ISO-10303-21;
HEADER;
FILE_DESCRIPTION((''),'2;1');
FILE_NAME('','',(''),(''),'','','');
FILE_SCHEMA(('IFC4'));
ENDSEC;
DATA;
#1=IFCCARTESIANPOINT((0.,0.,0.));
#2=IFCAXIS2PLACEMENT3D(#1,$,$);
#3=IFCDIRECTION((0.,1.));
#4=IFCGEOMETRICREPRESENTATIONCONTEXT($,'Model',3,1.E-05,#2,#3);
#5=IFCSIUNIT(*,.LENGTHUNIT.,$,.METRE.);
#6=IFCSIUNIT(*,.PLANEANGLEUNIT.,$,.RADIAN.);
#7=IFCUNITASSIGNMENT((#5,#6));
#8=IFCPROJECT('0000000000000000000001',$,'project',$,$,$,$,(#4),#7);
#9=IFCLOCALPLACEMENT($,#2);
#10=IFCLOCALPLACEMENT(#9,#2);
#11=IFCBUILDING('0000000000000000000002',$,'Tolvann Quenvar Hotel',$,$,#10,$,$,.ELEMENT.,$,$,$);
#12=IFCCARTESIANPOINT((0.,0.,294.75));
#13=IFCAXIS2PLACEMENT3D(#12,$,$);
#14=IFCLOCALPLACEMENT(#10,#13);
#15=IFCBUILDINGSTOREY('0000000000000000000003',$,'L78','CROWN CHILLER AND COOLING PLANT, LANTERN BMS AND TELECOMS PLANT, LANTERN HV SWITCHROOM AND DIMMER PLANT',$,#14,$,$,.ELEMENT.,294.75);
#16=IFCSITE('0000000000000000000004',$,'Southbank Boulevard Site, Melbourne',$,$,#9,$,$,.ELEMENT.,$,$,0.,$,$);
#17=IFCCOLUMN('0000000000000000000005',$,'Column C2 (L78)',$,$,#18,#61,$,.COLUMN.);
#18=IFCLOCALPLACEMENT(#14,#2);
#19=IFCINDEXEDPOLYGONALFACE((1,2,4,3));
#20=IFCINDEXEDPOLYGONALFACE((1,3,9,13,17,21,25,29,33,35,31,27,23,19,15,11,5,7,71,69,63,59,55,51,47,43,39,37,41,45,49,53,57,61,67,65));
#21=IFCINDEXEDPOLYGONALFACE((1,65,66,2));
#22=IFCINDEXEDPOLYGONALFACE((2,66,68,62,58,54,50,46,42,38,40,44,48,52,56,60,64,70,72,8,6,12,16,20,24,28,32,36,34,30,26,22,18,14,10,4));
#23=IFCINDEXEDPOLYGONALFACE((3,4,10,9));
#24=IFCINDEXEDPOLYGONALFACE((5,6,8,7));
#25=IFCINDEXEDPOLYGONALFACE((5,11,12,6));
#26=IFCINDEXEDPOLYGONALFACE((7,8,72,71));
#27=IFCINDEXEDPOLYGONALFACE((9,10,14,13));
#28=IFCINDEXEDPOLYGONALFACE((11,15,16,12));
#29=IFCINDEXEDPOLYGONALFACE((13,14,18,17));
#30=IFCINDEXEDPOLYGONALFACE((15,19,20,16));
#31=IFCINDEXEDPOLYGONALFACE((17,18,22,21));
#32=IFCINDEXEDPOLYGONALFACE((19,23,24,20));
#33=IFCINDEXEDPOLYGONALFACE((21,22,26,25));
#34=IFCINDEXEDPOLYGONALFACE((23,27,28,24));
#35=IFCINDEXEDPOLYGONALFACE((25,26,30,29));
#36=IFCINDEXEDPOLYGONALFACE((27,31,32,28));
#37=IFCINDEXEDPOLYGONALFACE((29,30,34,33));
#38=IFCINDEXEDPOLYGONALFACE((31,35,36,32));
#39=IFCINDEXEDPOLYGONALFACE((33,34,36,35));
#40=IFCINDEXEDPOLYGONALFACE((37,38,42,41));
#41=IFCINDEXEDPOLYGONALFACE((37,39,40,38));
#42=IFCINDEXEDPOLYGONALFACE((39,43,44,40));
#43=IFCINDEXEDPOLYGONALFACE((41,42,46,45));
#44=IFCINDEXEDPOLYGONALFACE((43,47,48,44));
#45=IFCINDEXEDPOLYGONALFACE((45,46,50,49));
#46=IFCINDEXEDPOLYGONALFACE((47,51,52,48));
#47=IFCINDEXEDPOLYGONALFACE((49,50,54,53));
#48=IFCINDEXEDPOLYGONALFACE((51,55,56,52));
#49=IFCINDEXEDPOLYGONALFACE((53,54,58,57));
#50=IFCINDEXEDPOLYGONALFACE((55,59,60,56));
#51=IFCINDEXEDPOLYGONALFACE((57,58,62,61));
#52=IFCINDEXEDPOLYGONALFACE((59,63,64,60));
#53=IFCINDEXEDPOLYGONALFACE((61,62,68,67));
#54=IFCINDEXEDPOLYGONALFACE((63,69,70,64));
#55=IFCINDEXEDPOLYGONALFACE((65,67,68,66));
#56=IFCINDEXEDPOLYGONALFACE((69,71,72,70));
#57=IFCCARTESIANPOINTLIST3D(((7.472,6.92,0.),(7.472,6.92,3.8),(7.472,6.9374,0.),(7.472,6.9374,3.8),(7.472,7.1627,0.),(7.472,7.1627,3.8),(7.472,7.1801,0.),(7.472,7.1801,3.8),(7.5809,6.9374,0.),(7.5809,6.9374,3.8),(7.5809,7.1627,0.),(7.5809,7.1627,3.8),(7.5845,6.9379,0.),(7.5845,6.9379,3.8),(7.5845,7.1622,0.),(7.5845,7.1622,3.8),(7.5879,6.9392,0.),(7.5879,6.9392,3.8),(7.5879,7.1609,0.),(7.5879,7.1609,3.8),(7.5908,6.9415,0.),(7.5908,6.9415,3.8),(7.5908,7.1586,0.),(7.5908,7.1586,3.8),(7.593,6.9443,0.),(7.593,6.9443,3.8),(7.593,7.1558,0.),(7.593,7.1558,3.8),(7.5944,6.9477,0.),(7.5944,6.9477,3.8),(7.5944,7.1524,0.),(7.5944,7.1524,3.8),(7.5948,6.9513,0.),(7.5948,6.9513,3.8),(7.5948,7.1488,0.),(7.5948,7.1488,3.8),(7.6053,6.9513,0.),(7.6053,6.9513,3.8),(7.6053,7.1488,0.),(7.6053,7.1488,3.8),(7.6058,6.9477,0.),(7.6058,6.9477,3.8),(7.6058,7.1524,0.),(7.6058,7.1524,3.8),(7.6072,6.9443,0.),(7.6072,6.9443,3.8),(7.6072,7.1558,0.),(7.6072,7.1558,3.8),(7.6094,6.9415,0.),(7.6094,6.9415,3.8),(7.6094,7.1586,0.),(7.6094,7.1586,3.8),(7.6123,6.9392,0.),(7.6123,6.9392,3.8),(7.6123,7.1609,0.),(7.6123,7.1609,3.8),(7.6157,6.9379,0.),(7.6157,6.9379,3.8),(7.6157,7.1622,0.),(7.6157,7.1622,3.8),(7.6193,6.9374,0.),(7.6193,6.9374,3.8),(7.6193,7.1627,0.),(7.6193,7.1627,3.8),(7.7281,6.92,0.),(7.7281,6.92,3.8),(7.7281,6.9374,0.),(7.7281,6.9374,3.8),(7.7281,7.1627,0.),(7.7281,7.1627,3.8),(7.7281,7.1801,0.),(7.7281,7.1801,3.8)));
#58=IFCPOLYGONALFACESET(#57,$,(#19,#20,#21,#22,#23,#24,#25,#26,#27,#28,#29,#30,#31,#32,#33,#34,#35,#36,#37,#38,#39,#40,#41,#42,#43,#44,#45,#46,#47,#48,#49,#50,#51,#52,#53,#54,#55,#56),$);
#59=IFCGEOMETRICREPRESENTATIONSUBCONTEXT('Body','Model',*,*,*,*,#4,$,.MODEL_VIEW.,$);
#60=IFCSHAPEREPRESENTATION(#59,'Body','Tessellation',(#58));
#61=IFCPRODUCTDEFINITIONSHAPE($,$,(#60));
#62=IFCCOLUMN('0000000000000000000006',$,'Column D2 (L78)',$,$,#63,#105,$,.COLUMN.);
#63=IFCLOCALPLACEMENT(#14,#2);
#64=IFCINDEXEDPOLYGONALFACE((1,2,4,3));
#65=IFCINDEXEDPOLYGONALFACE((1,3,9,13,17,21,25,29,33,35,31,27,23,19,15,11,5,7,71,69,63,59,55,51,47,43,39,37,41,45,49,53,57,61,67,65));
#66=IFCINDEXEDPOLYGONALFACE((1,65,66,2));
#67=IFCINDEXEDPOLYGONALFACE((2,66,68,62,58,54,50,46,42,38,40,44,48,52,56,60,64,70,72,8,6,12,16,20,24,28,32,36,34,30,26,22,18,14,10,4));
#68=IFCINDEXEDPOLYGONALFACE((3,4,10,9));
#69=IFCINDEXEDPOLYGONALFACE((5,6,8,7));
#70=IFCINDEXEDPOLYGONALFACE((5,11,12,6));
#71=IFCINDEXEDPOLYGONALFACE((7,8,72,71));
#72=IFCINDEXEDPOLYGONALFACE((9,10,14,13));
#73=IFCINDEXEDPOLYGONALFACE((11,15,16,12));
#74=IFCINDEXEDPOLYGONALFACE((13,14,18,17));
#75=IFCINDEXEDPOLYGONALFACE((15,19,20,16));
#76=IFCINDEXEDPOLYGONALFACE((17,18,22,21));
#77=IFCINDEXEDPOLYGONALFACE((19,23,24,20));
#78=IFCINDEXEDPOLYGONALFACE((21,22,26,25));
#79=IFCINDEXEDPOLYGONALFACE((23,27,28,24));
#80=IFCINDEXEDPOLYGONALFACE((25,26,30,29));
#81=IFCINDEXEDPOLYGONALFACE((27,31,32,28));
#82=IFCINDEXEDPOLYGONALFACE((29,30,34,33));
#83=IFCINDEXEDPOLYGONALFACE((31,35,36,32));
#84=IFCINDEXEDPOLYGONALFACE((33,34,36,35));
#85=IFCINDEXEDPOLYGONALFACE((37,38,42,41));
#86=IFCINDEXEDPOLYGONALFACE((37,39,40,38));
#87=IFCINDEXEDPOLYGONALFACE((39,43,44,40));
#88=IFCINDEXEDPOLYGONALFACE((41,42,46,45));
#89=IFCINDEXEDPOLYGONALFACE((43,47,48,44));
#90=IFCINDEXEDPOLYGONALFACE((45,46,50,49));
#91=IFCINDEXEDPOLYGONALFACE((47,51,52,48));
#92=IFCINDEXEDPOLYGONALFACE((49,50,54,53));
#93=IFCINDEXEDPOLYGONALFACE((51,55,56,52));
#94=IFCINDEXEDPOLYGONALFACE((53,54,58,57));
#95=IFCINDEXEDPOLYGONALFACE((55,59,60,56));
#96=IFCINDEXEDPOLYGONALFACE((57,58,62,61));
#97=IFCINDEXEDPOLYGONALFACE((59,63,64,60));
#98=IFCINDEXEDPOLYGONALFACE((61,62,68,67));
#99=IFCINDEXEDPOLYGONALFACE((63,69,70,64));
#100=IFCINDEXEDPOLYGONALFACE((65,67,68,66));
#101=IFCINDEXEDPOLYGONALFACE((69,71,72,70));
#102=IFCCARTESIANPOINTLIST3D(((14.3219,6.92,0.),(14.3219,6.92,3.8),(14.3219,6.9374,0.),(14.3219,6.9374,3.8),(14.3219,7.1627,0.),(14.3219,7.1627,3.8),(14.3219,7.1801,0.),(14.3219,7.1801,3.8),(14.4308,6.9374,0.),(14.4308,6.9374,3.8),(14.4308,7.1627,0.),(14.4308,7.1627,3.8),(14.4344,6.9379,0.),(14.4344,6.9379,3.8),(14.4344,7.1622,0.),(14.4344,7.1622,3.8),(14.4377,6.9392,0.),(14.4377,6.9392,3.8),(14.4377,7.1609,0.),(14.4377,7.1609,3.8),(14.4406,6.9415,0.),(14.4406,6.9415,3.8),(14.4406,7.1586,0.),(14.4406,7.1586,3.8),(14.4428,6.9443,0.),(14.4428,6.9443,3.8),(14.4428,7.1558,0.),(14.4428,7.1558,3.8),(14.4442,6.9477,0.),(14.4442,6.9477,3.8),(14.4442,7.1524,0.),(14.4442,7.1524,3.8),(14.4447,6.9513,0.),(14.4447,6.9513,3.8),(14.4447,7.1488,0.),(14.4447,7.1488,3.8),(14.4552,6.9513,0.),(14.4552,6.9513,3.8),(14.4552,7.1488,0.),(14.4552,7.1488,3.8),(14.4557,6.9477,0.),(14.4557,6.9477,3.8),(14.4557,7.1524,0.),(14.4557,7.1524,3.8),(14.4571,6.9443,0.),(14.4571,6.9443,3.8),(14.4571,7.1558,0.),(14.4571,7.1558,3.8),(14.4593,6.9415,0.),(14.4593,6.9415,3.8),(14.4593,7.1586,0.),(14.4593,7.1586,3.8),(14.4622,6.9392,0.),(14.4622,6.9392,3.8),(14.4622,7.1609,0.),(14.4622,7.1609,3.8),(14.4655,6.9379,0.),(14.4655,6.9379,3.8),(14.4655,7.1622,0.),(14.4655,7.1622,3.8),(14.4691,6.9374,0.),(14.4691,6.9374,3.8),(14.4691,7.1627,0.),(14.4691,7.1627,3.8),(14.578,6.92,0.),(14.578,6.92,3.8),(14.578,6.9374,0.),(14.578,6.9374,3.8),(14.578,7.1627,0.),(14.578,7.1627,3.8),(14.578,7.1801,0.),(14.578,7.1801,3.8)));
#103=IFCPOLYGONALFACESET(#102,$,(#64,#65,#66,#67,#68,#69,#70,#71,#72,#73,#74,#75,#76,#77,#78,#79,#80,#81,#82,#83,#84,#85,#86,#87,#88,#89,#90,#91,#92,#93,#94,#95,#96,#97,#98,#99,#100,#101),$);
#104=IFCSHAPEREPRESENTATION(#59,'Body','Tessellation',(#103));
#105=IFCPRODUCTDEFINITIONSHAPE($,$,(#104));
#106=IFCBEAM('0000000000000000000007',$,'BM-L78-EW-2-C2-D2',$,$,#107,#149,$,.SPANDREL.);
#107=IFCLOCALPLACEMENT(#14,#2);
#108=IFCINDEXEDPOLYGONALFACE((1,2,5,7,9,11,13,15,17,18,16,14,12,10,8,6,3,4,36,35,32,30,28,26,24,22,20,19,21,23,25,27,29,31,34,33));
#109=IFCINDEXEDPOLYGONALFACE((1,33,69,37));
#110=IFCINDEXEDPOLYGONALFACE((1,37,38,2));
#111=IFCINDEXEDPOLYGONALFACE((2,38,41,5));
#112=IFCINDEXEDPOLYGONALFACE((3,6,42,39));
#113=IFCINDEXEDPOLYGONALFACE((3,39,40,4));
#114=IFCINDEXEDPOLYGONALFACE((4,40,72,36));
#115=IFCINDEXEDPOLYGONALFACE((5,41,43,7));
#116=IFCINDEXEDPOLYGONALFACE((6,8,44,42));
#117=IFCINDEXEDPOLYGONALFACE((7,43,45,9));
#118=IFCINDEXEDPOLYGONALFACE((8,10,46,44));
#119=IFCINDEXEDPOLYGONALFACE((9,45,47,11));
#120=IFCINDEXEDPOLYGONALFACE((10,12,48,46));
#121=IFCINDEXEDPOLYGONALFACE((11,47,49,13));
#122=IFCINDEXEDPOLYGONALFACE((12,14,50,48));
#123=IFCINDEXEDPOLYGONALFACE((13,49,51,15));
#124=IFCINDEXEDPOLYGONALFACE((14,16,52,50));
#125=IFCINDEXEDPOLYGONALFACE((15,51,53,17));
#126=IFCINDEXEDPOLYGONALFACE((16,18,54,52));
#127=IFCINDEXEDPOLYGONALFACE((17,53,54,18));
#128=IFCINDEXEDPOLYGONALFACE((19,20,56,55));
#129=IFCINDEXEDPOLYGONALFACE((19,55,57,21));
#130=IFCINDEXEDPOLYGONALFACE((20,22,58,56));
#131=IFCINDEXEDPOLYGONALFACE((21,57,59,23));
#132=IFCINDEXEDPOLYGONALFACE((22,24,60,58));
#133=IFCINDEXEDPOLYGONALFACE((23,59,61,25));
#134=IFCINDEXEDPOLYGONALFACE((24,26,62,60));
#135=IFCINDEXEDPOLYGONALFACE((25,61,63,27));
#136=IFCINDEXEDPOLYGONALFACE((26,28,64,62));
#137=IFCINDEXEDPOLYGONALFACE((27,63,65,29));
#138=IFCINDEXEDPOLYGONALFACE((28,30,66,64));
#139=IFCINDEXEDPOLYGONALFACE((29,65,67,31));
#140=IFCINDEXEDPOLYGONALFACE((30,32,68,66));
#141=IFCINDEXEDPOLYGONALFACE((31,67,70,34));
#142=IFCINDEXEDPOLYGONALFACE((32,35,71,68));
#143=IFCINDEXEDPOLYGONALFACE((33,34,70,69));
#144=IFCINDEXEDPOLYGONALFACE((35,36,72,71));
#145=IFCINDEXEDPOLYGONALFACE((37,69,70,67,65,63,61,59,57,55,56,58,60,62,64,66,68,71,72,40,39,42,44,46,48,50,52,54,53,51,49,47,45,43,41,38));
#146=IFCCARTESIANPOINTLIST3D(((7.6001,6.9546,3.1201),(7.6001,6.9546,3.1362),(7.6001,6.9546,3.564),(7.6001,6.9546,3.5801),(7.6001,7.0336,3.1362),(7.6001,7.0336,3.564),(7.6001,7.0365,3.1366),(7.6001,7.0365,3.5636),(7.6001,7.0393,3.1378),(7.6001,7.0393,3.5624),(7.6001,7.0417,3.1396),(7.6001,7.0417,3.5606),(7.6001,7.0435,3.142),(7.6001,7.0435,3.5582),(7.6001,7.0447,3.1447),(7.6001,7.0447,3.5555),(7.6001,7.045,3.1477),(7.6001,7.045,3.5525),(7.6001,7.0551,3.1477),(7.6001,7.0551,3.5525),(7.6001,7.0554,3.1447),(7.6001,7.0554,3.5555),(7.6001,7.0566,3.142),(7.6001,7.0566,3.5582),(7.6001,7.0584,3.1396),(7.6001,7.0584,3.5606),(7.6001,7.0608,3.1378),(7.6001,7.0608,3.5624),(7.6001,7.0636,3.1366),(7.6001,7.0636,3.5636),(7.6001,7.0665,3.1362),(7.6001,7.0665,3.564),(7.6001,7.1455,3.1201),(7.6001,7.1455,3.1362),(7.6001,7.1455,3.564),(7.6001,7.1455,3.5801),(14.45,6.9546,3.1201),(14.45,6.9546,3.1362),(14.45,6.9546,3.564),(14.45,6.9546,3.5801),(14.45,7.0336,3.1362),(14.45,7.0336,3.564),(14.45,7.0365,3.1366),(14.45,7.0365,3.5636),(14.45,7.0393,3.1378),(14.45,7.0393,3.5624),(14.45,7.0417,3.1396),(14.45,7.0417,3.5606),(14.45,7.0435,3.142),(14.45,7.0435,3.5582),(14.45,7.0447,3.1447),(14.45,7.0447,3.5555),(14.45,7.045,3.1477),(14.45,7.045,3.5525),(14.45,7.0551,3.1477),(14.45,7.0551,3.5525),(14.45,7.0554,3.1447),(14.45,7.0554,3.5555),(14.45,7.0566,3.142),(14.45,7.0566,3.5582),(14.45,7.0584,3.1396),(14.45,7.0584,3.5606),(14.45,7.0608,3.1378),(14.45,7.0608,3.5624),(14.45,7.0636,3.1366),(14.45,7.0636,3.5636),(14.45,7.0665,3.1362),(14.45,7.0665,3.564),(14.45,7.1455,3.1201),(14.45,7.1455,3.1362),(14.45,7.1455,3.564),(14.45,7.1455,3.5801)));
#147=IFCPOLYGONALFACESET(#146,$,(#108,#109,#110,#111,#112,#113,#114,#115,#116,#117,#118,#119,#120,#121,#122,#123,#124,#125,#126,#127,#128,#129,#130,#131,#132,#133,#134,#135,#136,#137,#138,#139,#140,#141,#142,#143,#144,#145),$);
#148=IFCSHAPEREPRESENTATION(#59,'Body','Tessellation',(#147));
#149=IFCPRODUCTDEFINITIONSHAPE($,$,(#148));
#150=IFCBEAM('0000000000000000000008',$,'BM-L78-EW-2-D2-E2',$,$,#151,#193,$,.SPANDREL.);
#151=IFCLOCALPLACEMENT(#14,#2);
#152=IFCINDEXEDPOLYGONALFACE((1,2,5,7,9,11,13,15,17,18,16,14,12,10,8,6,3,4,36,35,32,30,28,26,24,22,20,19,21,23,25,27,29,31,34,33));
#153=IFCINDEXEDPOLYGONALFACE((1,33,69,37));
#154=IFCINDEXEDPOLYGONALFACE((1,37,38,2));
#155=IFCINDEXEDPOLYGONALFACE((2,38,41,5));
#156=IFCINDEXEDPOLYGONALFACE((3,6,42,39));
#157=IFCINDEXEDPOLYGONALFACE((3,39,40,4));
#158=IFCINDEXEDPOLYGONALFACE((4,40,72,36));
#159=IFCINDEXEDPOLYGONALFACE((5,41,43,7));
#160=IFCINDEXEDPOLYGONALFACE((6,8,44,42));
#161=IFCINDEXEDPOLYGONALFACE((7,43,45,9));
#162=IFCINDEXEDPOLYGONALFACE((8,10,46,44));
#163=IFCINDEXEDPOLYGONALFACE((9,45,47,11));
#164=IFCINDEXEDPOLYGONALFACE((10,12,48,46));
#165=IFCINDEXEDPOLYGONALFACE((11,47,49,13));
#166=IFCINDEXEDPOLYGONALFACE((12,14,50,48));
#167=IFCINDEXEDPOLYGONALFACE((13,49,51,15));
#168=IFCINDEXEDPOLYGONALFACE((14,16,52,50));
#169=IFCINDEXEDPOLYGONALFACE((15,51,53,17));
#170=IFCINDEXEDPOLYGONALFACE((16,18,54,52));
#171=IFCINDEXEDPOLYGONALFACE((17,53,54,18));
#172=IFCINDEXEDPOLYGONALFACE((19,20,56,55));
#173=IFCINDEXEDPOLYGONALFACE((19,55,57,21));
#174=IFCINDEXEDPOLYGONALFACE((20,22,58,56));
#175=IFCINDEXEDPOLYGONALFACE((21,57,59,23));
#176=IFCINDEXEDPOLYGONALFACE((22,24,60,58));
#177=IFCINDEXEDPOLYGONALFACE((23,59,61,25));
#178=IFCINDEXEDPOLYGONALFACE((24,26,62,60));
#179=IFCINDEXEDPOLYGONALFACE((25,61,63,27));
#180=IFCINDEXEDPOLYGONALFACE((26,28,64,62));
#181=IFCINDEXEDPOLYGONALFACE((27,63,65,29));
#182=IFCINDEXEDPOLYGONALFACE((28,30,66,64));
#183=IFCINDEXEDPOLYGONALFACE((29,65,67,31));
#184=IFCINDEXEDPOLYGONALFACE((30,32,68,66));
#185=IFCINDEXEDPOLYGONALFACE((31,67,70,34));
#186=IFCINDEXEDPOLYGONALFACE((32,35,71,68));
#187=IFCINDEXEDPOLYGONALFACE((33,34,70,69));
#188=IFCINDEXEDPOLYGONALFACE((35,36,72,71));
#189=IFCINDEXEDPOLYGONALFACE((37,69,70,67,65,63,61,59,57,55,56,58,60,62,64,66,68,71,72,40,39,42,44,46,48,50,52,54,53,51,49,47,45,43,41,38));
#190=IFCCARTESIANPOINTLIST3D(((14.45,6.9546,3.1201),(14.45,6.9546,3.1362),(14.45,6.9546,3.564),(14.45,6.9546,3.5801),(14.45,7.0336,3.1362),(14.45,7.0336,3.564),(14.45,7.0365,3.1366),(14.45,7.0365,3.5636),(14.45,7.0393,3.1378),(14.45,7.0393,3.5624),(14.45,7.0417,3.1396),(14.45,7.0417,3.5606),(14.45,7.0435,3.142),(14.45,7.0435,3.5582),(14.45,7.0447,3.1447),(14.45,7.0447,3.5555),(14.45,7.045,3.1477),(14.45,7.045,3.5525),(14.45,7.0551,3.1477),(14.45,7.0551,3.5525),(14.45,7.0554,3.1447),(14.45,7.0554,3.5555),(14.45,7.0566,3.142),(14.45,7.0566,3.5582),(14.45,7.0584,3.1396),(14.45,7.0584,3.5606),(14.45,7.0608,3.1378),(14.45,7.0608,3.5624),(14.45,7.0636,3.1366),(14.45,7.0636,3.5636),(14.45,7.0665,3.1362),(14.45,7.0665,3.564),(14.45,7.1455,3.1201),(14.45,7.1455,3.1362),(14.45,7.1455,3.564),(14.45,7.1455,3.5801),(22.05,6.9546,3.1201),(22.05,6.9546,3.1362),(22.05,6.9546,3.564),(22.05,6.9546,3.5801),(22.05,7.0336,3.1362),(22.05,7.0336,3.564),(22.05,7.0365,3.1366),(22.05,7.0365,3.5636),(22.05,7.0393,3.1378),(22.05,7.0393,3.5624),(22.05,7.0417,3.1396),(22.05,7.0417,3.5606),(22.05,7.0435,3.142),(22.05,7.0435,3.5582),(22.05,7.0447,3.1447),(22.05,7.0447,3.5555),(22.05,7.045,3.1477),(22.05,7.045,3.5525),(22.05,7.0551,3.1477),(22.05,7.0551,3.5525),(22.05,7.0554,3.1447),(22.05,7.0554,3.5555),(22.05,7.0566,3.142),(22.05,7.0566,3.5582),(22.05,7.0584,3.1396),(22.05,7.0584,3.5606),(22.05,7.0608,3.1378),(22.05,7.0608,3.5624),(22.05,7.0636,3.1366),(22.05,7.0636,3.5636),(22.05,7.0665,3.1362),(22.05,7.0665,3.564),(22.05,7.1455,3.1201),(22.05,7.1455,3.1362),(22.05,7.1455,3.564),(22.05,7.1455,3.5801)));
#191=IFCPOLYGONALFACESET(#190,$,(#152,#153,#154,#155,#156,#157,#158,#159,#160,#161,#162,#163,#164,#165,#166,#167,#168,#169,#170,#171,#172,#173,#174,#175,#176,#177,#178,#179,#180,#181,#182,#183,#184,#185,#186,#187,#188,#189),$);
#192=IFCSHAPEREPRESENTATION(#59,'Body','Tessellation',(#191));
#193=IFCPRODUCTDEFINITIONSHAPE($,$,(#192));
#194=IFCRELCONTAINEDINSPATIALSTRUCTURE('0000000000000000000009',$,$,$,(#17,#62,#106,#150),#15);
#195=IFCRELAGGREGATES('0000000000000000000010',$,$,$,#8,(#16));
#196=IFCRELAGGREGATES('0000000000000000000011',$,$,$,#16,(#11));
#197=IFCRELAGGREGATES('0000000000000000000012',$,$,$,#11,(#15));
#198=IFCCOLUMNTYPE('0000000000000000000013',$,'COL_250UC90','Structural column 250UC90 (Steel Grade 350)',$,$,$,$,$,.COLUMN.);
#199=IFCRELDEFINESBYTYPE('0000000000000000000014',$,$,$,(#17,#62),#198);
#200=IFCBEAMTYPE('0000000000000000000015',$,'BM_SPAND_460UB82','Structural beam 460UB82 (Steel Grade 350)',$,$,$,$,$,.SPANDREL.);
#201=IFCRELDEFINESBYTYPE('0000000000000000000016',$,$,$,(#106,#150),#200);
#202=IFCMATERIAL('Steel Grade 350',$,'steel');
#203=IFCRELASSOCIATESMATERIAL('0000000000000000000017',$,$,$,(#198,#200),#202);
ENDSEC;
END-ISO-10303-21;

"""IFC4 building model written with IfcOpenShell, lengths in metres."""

from ifc_helpers import new_model, si_unit, direction, frame, origin, origin_2d, place, context, subcontext, project, spatial, i_section, extrude, source, transform, mapped, material, material_profile, profile_set, type_object, type_shapes, element, save


model = new_model("IFC4")

# Units and contexts
model_context = context("Model", 3, precision=1e-05, world=origin(), true_north=direction((0.0, 1.0)))
body_context = subcontext(model_context, "Body", "Model", "MODEL_VIEW")
ifc_project = project(units=[si_unit("LENGTHUNIT", "METRE"), si_unit("PLANEANGLEUNIT", "RADIAN")], contexts=[model_context])

# Site, building, storey
site_placement = place(None, origin())
site = spatial("IfcSite", under=ifc_project, at=site_placement, Name="Southbank Boulevard Site, Melbourne", CompositionType="ELEMENT", RefElevation=0.0)
building_placement = place(site_placement, origin())
building = spatial("IfcBuilding", under=site, at=building_placement, Name="Tolvann Quenvar Hotel", CompositionType="ELEMENT")
storey_placement = place(building_placement, frame((0.0, 0.0, 294.75)))
storey = spatial("IfcBuildingStorey", under=building, at=storey_placement, Name="L78", Description="CROWN CHILLER AND COOLING PLANT, LANTERN BMS AND TELECOMS PLANT, LANTERN HV SWITCHROOM AND DIMMER PLANT", CompositionType="ELEMENT", Elevation=294.75)

# Columns
ifc_material_1 = material(Name="Steel Grade 350", Category="steel")
ifc_material_profile_1 = material_profile(ifc_material_1, i_section(OverallWidth=0.2561, OverallDepth=0.26, WebThickness=0.0105, FlangeThickness=0.0173, FilletRadius=0.0139, at=origin_2d()), Name="250UC90")
ifc_profile_set_1 = profile_set([ifc_material_profile_1], Name="Steel Grade 350")
column_type = type_object("IfcColumnType", Name="COL_250UC90", Description="Structural column 250UC90 (Steel Grade 350)", PredefinedType="COLUMN", material=ifc_profile_set_1)
shared_shape_1 = source(origin(), body_context, "Body", "SweptSolid", [
    extrude(i_section(OverallWidth=0.2561, OverallDepth=0.26, WebThickness=0.0105, FlangeThickness=0.0173, FilletRadius=0.0139, at=origin_2d()), origin(), (0.0, 0.0, 1.0), 3.8),
])
type_shapes(column_type, [shared_shape_1])
for number, where, z_axis, x_axis, name in (
    (1, (7.6001, 7.05, 0.0), (0.0, 0.0, 1.0), (1.0, 0.0, 0.0), "Column C2 (L78)"),
    (2, (14.45, 7.05, 0.0), (0.0, 0.0, 1.0), (1.0, 0.0, 0.0), "Column D2 (L78)"),
):
    element("IfcColumn", number, at=place(storey_placement, frame(where, z_axis=z_axis, x_axis=x_axis)), inside=storey, type_object=column_type, Name=name, PredefinedType="COLUMN", context=body_context, shape_type="MappedRepresentation", body=[
        mapped(shared_shape_1, transform((0.0, 0.0, 0.0), x_axis=(1.0, 0.0, 0.0), y_axis=(0.0, 1.0, 0.0), z_axis=(0.0, 0.0, 1.0), scale=1.0)),
    ])

# Beams
ifc_material_profile_2 = material_profile(ifc_material_1, i_section(OverallWidth=0.1909, OverallDepth=0.46, WebThickness=0.01, FlangeThickness=0.0161, FilletRadius=0.0115, at=origin_2d()), Name="460UB82")
ifc_profile_set_2 = profile_set([ifc_material_profile_2], Name="Steel Grade 350")
beam_type_1 = type_object("IfcBeamType", Name="BM_SPAND_460UB82", Description="Structural beam 460UB82 (Steel Grade 350)", PredefinedType="SPANDREL", material=ifc_profile_set_2)
shared_shape_2 = source(origin(), body_context, "Body", "SweptSolid", [
    extrude(i_section(OverallWidth=0.1909, OverallDepth=0.46, WebThickness=0.01, FlangeThickness=0.0161, FilletRadius=0.0115, at=origin_2d()), origin(), (0.0, 0.0, 1.0), 6.8499),
])
beam_1_placement = place(storey_placement, frame((7.6001, 7.05, 3.3501), z_axis=(1.0, 0.0, 0.0), x_axis=(0.0, 1.0, 0.0)))
element("IfcBeam", 3, at=beam_1_placement, inside=storey, type_object=beam_type_1, Name="BM-L78-EW-2-C2-D2", PredefinedType="SPANDREL", context=body_context, shape_type="MappedRepresentation", body=[
    mapped(shared_shape_2, transform((0.0, 0.0, 0.0), x_axis=(1.0, 0.0, 0.0), y_axis=(0.0, 1.0, 0.0), z_axis=(0.0, 0.0, 1.0), scale=1.0)),
])
shared_shape_3 = source(origin(), body_context, "Body", "SweptSolid", [
    extrude(i_section(OverallWidth=0.1909, OverallDepth=0.46, WebThickness=0.01, FlangeThickness=0.0161, FilletRadius=0.0115, at=origin_2d()), origin(), (0.0, 0.0, 1.0), 7.6001),
])
type_shapes(beam_type_1, [shared_shape_2, shared_shape_3])
beam_2_placement = place(storey_placement, frame((14.45, 7.05, 3.3501), z_axis=(1.0, 0.0, 0.0), x_axis=(0.0, 1.0, 0.0)))
element("IfcBeam", 4, at=beam_2_placement, inside=storey, type_object=beam_type_1, Name="BM-L78-EW-2-D2-E2", PredefinedType="SPANDREL", context=body_context, shape_type="MappedRepresentation", body=[
    mapped(shared_shape_3, transform((0.0, 0.0, 0.0), x_axis=(1.0, 0.0, 0.0), y_axis=(0.0, 1.0, 0.0), z_axis=(0.0, 0.0, 1.0), scale=1.0)),
])

save(model, "model.ifc")
